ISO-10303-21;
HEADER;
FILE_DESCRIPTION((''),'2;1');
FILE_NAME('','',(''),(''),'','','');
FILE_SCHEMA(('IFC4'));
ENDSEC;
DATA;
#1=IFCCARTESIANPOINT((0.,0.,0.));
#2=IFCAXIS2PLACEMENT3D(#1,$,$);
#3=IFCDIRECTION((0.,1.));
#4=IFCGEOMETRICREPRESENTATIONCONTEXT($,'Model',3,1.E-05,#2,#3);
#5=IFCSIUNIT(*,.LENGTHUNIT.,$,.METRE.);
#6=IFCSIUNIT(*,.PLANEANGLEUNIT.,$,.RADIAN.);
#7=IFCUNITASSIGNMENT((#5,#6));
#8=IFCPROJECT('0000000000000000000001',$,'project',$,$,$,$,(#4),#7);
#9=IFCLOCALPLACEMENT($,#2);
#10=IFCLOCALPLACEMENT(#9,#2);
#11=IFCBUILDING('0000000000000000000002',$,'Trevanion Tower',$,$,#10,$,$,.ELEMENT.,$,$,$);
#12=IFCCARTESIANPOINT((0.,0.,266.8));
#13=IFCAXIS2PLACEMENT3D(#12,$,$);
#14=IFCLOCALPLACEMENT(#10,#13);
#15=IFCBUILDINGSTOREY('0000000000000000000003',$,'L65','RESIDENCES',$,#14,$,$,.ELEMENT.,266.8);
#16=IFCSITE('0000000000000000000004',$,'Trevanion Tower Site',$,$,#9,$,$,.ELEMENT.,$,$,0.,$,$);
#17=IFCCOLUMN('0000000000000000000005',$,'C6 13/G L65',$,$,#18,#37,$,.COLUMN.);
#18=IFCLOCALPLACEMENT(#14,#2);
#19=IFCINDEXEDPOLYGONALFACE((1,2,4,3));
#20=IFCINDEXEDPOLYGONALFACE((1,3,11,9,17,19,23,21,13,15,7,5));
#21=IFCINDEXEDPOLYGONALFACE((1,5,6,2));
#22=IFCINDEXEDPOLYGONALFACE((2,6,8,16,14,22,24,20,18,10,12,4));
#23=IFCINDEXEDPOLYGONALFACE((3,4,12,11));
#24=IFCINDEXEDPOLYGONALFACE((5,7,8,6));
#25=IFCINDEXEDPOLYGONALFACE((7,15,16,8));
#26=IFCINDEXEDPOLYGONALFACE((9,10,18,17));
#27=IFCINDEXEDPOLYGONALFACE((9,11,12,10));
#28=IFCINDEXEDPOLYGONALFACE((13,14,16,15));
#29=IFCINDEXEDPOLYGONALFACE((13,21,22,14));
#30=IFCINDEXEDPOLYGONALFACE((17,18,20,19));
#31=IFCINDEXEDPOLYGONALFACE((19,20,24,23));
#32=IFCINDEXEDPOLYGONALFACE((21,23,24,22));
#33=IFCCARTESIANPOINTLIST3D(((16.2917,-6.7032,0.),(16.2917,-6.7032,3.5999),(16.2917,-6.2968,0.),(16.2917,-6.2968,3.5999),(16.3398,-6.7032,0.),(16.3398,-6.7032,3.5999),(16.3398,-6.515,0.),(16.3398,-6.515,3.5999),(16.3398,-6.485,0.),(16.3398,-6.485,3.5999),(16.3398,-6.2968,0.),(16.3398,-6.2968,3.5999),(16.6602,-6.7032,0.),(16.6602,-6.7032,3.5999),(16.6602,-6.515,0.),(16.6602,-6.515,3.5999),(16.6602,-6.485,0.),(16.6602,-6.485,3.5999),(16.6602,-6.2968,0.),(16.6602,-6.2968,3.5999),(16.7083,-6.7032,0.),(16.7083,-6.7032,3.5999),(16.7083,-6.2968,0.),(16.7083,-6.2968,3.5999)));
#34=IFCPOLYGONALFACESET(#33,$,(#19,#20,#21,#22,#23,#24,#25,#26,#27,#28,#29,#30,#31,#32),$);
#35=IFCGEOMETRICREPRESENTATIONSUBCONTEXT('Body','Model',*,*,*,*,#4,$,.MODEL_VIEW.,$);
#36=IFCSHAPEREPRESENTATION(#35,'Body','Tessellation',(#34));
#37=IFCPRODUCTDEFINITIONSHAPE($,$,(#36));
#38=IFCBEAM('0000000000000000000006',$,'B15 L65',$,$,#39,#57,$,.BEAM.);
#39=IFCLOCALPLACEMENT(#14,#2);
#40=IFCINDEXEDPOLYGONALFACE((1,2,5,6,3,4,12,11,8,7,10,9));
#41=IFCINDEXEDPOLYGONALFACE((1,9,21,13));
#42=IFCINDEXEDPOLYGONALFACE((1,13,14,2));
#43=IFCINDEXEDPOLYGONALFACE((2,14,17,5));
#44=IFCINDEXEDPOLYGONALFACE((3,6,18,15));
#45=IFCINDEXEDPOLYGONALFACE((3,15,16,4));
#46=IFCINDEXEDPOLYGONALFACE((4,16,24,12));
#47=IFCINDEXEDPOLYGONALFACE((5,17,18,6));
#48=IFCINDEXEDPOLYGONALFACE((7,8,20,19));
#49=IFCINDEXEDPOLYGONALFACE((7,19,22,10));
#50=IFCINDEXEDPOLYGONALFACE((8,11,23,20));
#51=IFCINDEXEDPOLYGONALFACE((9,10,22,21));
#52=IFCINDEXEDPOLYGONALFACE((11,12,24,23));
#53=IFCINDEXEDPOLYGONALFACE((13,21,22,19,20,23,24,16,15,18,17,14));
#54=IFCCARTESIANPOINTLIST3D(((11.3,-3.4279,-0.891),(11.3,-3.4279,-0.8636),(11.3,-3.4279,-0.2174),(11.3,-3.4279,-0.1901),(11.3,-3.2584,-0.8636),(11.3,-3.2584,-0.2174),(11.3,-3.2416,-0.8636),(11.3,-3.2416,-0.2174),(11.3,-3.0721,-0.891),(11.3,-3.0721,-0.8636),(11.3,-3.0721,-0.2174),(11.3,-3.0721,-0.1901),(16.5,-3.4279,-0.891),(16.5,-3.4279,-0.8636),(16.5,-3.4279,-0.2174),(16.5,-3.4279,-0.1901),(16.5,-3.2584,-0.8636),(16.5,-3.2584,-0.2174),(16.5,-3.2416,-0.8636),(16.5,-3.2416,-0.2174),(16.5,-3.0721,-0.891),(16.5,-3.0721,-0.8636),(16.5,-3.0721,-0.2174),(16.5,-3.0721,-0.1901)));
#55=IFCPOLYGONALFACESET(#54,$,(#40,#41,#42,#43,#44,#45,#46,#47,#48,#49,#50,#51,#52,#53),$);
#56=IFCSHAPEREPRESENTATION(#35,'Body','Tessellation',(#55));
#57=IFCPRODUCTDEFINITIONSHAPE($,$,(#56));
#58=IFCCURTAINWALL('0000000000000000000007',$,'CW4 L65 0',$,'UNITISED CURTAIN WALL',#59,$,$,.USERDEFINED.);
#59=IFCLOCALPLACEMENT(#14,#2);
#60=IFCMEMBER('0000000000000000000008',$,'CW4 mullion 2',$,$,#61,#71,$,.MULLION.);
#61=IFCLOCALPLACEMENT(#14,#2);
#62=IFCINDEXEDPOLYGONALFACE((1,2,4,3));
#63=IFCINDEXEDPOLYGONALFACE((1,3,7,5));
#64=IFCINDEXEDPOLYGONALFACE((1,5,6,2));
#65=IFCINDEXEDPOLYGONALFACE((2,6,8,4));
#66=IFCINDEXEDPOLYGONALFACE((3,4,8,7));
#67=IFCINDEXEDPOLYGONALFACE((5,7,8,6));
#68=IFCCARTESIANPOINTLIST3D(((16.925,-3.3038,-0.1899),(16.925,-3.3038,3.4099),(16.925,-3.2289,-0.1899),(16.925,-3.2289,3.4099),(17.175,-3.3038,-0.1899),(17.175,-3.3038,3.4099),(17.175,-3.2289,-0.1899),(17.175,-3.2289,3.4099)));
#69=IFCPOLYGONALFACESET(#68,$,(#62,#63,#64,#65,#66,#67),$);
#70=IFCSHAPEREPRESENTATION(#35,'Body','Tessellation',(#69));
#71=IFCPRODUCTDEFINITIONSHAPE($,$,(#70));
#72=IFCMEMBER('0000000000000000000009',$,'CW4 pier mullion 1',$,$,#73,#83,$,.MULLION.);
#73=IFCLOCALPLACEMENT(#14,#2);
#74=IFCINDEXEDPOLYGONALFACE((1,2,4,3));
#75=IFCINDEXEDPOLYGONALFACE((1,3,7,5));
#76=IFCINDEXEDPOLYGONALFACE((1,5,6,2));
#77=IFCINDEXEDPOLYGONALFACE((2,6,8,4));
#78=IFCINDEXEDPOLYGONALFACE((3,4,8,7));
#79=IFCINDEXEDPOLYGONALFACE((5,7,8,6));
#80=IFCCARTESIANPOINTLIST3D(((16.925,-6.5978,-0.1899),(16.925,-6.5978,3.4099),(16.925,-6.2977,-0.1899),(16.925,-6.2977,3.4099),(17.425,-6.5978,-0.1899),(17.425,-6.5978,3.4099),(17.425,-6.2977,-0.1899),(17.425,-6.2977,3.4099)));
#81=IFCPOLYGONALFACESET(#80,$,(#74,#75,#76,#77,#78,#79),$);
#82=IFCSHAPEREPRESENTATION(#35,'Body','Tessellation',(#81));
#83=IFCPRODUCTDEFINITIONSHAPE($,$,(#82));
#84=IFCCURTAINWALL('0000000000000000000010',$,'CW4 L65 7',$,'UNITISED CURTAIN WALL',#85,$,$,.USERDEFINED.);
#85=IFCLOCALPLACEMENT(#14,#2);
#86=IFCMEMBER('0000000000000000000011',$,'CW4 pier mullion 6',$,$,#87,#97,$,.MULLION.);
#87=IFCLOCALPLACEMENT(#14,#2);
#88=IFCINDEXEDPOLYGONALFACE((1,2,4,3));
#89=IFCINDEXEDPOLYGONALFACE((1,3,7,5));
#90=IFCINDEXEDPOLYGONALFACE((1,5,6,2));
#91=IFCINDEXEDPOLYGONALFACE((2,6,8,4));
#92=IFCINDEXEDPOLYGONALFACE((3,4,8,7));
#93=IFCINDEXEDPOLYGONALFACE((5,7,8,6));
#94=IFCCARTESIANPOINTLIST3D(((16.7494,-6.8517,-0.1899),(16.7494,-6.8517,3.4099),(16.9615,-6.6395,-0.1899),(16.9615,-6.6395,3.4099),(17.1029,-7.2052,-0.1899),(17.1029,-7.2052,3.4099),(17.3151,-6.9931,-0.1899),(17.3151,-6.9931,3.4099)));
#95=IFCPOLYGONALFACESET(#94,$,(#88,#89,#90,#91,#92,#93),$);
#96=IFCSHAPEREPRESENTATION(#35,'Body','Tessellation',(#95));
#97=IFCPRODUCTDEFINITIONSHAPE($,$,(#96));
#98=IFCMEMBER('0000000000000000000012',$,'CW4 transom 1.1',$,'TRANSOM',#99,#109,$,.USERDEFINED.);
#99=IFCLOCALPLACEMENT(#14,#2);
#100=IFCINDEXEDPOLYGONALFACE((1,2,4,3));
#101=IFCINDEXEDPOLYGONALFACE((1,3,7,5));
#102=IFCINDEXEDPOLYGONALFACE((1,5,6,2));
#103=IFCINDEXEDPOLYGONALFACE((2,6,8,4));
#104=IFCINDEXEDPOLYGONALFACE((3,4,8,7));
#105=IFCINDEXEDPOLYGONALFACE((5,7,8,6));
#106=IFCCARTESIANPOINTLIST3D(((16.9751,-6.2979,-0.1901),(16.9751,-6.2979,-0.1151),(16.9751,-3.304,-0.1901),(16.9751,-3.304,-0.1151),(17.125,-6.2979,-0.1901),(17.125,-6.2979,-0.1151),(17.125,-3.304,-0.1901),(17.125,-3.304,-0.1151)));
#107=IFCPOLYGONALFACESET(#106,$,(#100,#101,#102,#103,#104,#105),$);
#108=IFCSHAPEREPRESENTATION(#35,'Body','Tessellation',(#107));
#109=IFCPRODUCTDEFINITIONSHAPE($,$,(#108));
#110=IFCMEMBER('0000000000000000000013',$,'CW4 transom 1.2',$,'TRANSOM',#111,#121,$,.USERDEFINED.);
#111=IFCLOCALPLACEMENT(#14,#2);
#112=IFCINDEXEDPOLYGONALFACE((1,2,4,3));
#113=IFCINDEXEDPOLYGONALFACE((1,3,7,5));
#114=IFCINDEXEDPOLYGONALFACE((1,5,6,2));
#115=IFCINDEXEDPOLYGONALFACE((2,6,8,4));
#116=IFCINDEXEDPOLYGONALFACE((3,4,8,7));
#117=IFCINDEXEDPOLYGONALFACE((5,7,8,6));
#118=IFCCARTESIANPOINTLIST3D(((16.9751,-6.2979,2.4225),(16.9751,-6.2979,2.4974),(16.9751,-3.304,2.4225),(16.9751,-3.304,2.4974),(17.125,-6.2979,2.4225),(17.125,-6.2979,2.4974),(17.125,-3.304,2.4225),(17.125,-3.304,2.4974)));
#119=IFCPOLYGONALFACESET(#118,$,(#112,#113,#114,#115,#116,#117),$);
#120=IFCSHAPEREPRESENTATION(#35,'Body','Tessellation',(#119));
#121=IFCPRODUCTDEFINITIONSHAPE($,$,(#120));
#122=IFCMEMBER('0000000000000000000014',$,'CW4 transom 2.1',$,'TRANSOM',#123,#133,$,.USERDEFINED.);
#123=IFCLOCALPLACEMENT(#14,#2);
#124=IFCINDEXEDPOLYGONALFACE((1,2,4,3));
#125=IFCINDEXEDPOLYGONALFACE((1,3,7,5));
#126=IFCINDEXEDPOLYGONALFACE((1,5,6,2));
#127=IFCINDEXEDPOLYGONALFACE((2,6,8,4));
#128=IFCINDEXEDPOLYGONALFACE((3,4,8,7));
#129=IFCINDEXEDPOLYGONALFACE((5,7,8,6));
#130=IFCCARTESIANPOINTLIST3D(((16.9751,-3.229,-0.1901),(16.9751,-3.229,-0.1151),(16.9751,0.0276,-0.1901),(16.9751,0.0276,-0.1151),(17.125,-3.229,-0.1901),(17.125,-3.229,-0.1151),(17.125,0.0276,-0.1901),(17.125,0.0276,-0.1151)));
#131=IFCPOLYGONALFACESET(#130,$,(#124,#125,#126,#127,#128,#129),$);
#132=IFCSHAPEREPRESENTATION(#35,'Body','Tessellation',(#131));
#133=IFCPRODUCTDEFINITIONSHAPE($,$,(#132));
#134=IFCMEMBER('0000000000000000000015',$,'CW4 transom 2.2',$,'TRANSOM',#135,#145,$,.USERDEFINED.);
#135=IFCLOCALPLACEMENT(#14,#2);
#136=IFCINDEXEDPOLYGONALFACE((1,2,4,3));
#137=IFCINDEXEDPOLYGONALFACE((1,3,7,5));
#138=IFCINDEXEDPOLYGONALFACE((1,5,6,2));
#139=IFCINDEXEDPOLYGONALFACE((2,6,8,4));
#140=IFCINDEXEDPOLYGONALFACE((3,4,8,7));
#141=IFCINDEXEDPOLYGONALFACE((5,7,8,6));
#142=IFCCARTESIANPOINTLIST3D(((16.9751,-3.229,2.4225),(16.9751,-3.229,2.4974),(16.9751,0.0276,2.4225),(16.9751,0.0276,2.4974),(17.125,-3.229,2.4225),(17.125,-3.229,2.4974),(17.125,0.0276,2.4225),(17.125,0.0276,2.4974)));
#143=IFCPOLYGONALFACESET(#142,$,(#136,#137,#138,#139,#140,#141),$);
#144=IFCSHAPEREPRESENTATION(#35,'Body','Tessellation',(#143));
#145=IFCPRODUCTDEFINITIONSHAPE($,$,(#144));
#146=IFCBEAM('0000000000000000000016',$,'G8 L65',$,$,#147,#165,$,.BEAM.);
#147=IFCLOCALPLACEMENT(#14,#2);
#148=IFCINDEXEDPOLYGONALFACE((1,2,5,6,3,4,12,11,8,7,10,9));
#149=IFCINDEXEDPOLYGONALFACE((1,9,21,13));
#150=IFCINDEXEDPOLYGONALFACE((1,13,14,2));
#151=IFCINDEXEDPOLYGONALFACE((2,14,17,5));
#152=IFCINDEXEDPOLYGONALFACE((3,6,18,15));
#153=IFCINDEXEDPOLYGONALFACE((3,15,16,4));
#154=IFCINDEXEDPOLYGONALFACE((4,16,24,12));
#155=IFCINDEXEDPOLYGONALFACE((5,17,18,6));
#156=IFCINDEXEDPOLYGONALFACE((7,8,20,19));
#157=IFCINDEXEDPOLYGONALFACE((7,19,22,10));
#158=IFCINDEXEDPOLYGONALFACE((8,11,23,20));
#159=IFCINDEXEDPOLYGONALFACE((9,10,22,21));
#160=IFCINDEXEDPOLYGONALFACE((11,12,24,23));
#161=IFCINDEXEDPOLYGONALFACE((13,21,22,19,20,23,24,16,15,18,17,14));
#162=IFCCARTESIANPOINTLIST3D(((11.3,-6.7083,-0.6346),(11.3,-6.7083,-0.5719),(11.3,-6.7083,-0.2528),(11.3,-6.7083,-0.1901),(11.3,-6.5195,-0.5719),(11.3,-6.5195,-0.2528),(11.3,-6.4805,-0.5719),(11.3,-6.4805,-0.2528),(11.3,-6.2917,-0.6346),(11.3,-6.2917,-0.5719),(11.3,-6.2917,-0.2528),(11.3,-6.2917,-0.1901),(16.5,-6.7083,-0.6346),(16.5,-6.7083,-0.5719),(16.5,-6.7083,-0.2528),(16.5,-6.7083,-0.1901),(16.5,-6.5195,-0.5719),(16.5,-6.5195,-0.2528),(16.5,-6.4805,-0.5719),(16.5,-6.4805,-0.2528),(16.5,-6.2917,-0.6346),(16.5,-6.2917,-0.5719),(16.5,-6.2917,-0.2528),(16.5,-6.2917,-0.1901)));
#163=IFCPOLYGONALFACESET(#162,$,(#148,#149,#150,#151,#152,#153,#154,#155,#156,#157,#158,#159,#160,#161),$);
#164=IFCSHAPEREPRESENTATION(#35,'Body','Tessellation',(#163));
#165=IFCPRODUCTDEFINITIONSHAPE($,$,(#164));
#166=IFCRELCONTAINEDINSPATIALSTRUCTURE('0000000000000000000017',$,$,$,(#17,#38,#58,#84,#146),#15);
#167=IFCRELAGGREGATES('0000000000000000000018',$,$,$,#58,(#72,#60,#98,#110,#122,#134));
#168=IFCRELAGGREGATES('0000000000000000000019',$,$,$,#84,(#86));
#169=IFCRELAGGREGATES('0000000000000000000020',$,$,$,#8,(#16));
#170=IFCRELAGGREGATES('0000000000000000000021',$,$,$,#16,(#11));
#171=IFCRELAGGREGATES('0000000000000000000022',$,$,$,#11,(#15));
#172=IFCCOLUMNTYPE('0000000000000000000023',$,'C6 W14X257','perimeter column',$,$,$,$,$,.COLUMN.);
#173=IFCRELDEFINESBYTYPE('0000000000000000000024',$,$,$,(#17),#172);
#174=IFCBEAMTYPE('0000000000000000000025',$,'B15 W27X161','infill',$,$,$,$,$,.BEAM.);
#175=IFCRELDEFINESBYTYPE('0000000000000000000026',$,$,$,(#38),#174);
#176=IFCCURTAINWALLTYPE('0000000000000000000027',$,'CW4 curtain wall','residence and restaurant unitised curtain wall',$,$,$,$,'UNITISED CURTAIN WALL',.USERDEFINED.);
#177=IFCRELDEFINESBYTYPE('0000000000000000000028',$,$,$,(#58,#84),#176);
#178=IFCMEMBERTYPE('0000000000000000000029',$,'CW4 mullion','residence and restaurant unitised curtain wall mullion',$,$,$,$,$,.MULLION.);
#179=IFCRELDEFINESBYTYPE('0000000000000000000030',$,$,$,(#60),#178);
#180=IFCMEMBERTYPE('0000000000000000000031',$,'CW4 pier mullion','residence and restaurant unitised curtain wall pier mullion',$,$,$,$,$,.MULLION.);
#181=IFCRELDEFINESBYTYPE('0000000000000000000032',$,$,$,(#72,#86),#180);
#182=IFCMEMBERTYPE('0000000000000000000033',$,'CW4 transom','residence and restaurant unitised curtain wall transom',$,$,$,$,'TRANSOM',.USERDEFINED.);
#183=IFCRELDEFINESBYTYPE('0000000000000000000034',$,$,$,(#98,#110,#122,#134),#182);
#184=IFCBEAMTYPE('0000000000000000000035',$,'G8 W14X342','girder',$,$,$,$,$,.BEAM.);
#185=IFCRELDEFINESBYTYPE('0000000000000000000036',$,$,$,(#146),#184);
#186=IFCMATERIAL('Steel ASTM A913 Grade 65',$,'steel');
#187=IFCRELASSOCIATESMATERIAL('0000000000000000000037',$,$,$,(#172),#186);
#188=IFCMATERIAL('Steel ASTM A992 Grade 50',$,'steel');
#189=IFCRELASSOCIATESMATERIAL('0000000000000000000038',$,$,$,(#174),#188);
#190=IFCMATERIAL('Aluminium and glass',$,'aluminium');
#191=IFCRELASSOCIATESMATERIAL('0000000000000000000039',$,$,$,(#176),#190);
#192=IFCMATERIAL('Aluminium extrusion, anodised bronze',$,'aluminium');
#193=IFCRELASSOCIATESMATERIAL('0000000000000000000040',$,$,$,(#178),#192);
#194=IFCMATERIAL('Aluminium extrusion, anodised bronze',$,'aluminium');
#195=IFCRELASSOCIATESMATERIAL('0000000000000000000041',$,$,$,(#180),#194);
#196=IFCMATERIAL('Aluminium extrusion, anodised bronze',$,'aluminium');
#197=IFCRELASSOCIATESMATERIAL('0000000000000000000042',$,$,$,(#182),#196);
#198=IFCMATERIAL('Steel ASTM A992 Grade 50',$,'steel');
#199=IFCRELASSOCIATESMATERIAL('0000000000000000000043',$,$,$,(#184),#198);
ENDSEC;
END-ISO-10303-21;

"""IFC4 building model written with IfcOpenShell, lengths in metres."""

from ifc_helpers import new_model, si_unit, direction, frame, origin, origin_2d, place, context, subcontext, project, spatial, rectangle, i_section, extrude, material, material_profile, profile_set, type_object, element, aggregate, save


model = new_model("IFC4")

# Units and contexts
model_context = context("Model", 3, precision=1e-05, world=origin(), true_north=direction((0.0, 1.0)))
body_context = subcontext(model_context, "Body", "Model", "MODEL_VIEW")
ifc_project = project(units=[si_unit("LENGTHUNIT", "METRE"), si_unit("PLANEANGLEUNIT", "RADIAN")], contexts=[model_context])

# Site, building, storey
site_placement = place(None, origin())
site = spatial("IfcSite", under=ifc_project, at=site_placement, Name="Trevanion Tower Site", CompositionType="ELEMENT", RefElevation=0.0)
building_placement = place(site_placement, origin())
building = spatial("IfcBuilding", under=site, at=building_placement, Name="Trevanion Tower", CompositionType="ELEMENT")
storey_placement = place(building_placement, frame((0.0, 0.0, 266.8)))
storey = spatial("IfcBuildingStorey", under=building, at=storey_placement, Name="L65", Description="RESIDENCES", CompositionType="ELEMENT", Elevation=266.8)

# Column
ifc_material_1 = material(Name="Steel ASTM A913 Grade 65", Category="steel")
ifc_material_profile_1 = material_profile(ifc_material_1, i_section(OverallWidth=0.4065, OverallDepth=0.4165, WebThickness=0.03, FlangeThickness=0.0481, at=origin_2d()), Name="W14X257")
ifc_profile_set_1 = profile_set([ifc_material_profile_1], Name="Steel ASTM A913 Grade 65")
column_type = type_object("IfcColumnType", Name="C6 W14X257", Description="perimeter column", PredefinedType="COLUMN", material=ifc_profile_set_1)
column_placement = place(storey_placement, frame((16.5, -6.5, 0.0), z_axis=(0.0, 0.0, 1.0), x_axis=(0.0, 1.0, 0.0)))
element("IfcColumn", 1, at=column_placement, inside=storey, type_object=column_type, Name="C6 13/G L65", PredefinedType="COLUMN", context=body_context, shape_type="SweptSolid", body=[
    extrude(i_section(OverallWidth=0.4065, OverallDepth=0.4165, WebThickness=0.03, FlangeThickness=0.0481, at=origin_2d()), origin(), (0.0, 0.0, 1.0), 3.5999),
])

# Beam
ifc_material_2 = material(Name="Steel ASTM A992 Grade 50", Category="steel")
ifc_material_profile_2 = material_profile(ifc_material_2, i_section(OverallWidth=0.3557, OverallDepth=0.7009, WebThickness=0.0168, FlangeThickness=0.0273, at=origin_2d()), Name="W27X161")
ifc_profile_set_2 = profile_set([ifc_material_profile_2], Name="Steel ASTM A992 Grade 50")
beam_type_1 = type_object("IfcBeamType", Name="B15 W27X161", Description="infill", PredefinedType="BEAM", material=ifc_profile_set_2)
beam_1_placement = place(storey_placement, frame((11.3, -3.25, -0.5405), z_axis=(1.0, 0.0, 0.0), x_axis=(0.0, 1.0, 0.0)))
element("IfcBeam", 2, at=beam_1_placement, inside=storey, type_object=beam_type_1, Name="B15 L65", PredefinedType="BEAM", context=body_context, shape_type="SweptSolid", body=[
    extrude(i_section(OverallWidth=0.3557, OverallDepth=0.7009, WebThickness=0.0168, FlangeThickness=0.0273, at=origin_2d()), origin(), (0.0, 0.0, 1.0), 5.2),
])

# Curtain wall, members
ifc_material_3 = material(Name="Aluminium and glass", Category="aluminium")
curtain_wall_type = type_object("IfcCurtainWallType", Name="CW4 curtain wall", Description="residence and restaurant unitised curtain wall", ElementType="UNITISED CURTAIN WALL", PredefinedType="USERDEFINED", material=ifc_material_3)
curtain_wall_1_placement = place(storey_placement, origin())
curtain_wall_1 = element("IfcCurtainWall", 3, at=curtain_wall_1_placement, inside=storey, type_object=curtain_wall_type, Name="CW4 L65 0", ObjectType="UNITISED CURTAIN WALL", PredefinedType="USERDEFINED")
ifc_material_4 = material(Name="Aluminium extrusion, anodised bronze", Category="aluminium")
ifc_material_profile_3 = material_profile(ifc_material_4, rectangle(XDim=0.075, YDim=0.25, at=origin_2d()), Name="CW4 mullion")
ifc_profile_set_3 = profile_set([ifc_material_profile_3], Name="Aluminium extrusion, anodised bronze")
member_type_1 = type_object("IfcMemberType", Name="CW4 mullion", Description="residence and restaurant unitised curtain wall mullion", PredefinedType="MULLION", material=ifc_profile_set_3)
member_1_placement = place(storey_placement, frame((17.05, -3.2664, -0.1899), z_axis=(0.0, 0.0, 1.0), x_axis=(0.0, 1.0, 0.0)))
member_1 = element("IfcMember", 4, at=member_1_placement, type_object=member_type_1, Name="CW4 mullion 2", PredefinedType="MULLION", context=body_context, shape_type="SweptSolid", body=[
    extrude(rectangle(XDim=0.075, YDim=0.25, at=origin_2d()), origin(), (0.0, 0.0, 1.0), 3.5999),
])
ifc_material_5 = material(Name="Aluminium extrusion, anodised bronze", Category="aluminium")
ifc_material_profile_4 = material_profile(ifc_material_5, rectangle(XDim=0.3, YDim=0.5, at=origin_2d()), Name="CW4 pier mullion")
ifc_profile_set_4 = profile_set([ifc_material_profile_4], Name="Aluminium extrusion, anodised bronze")
member_type_2 = type_object("IfcMemberType", Name="CW4 pier mullion", Description="residence and restaurant unitised curtain wall pier mullion", PredefinedType="MULLION", material=ifc_profile_set_4)
member_2_placement = place(storey_placement, frame((17.175, -6.4478, -0.1899), z_axis=(0.0, 0.0, 1.0), x_axis=(0.0, 1.0, 0.0)))
member_2 = element("IfcMember", 5, at=member_2_placement, type_object=member_type_2, Name="CW4 pier mullion 1", PredefinedType="MULLION", context=body_context, shape_type="SweptSolid", body=[
    extrude(rectangle(XDim=0.3, YDim=0.5, at=origin_2d()), origin(), (0.0, 0.0, 1.0), 3.5999),
])

# Curtain wall, member
curtain_wall_2_placement = place(storey_placement, origin())
curtain_wall_2 = element("IfcCurtainWall", 6, at=curtain_wall_2_placement, inside=storey, type_object=curtain_wall_type, Name="CW4 L65 7", ObjectType="UNITISED CURTAIN WALL", PredefinedType="USERDEFINED")
member_3_placement = place(storey_placement, frame((17.0322, -6.9224, -0.1899), z_axis=(0.0, 0.0, 1.0), x_axis=(0.707107, 0.707107, 0.0)))
member_3 = element("IfcMember", 7, at=member_3_placement, type_object=member_type_2, Name="CW4 pier mullion 6", PredefinedType="MULLION", context=body_context, shape_type="SweptSolid", body=[
    extrude(rectangle(XDim=0.3, YDim=0.5, at=origin_2d()), origin(), (0.0, 0.0, 1.0), 3.5999),
])

# Members
ifc_material_6 = material(Name="Aluminium extrusion, anodised bronze", Category="aluminium")
ifc_material_profile_5 = material_profile(ifc_material_6, rectangle(XDim=0.1499, YDim=0.075, at=origin_2d()), Name="CW4 transom")
ifc_profile_set_5 = profile_set([ifc_material_profile_5], Name="Aluminium extrusion, anodised bronze")
member_type_3 = type_object("IfcMemberType", Name="CW4 transom", Description="residence and restaurant unitised curtain wall transom", ElementType="TRANSOM", PredefinedType="USERDEFINED", material=ifc_profile_set_5)
member_4_placement = place(storey_placement, frame((17.05, -6.2979, -0.1526), z_axis=(0.0, 1.0, 0.0), x_axis=(-1.0, 0.0, 0.0)))
member_4 = element("IfcMember", 8, at=member_4_placement, type_object=member_type_3, Name="CW4 transom 1.1", ObjectType="TRANSOM", PredefinedType="USERDEFINED", context=body_context, shape_type="SweptSolid", body=[
    extrude(rectangle(XDim=0.1499, YDim=0.075, at=origin_2d()), origin(), (0.0, 0.0, 1.0), 2.9939),
])
member_5_placement = place(storey_placement, frame((17.05, -6.2979, 2.46), z_axis=(0.0, 1.0, 0.0), x_axis=(-1.0, 0.0, 0.0)))
member_5 = element("IfcMember", 9, at=member_5_placement, type_object=member_type_3, Name="CW4 transom 1.2", ObjectType="TRANSOM", PredefinedType="USERDEFINED", context=body_context, shape_type="SweptSolid", body=[
    extrude(rectangle(XDim=0.1499, YDim=0.075, at=origin_2d()), origin(), (0.0, 0.0, 1.0), 2.9939),
])
member_6_placement = place(storey_placement, frame((17.05, -3.229, -0.1526), z_axis=(0.0, 1.0, 0.0), x_axis=(-1.0, 0.0, 0.0)))
member_6 = element("IfcMember", 10, at=member_6_placement, type_object=member_type_3, Name="CW4 transom 2.1", ObjectType="TRANSOM", PredefinedType="USERDEFINED", context=body_context, shape_type="SweptSolid", body=[
    extrude(rectangle(XDim=0.1499, YDim=0.075, at=origin_2d()), origin(), (0.0, 0.0, 1.0), 3.2566),
])
member_7_placement = place(storey_placement, frame((17.05, -3.229, 2.46), z_axis=(0.0, 1.0, 0.0), x_axis=(-1.0, 0.0, 0.0)))
member_7 = element("IfcMember", 11, at=member_7_placement, type_object=member_type_3, Name="CW4 transom 2.2", ObjectType="TRANSOM", PredefinedType="USERDEFINED", context=body_context, shape_type="SweptSolid", body=[
    extrude(rectangle(XDim=0.1499, YDim=0.075, at=origin_2d()), origin(), (0.0, 0.0, 1.0), 3.2566),
])

# Beam
ifc_material_7 = material(Name="Steel ASTM A992 Grade 50", Category="steel")
ifc_material_profile_6 = material_profile(ifc_material_7, i_section(OverallWidth=0.4165, OverallDepth=0.4446, WebThickness=0.0391, FlangeThickness=0.0627, at=origin_2d()), Name="W14X342")
ifc_profile_set_6 = profile_set([ifc_material_profile_6], Name="Steel ASTM A992 Grade 50")
beam_type_2 = type_object("IfcBeamType", Name="G8 W14X342", Description="girder", PredefinedType="BEAM", material=ifc_profile_set_6)
beam_2_placement = place(storey_placement, frame((11.3, -6.5, -0.4124), z_axis=(1.0, 0.0, 0.0), x_axis=(0.0, 1.0, 0.0)))
element("IfcBeam", 12, at=beam_2_placement, inside=storey, type_object=beam_type_2, Name="G8 L65", PredefinedType="BEAM", context=body_context, shape_type="SweptSolid", body=[
    extrude(i_section(OverallWidth=0.4165, OverallDepth=0.4446, WebThickness=0.0391, FlangeThickness=0.0627, at=origin_2d()), origin(), (0.0, 0.0, 1.0), 5.2),
])

aggregate(curtain_wall_1, [member_2, member_1, member_4, member_5, member_6, member_7])
aggregate(curtain_wall_2, [member_3])

save(model, "model.ifc")
